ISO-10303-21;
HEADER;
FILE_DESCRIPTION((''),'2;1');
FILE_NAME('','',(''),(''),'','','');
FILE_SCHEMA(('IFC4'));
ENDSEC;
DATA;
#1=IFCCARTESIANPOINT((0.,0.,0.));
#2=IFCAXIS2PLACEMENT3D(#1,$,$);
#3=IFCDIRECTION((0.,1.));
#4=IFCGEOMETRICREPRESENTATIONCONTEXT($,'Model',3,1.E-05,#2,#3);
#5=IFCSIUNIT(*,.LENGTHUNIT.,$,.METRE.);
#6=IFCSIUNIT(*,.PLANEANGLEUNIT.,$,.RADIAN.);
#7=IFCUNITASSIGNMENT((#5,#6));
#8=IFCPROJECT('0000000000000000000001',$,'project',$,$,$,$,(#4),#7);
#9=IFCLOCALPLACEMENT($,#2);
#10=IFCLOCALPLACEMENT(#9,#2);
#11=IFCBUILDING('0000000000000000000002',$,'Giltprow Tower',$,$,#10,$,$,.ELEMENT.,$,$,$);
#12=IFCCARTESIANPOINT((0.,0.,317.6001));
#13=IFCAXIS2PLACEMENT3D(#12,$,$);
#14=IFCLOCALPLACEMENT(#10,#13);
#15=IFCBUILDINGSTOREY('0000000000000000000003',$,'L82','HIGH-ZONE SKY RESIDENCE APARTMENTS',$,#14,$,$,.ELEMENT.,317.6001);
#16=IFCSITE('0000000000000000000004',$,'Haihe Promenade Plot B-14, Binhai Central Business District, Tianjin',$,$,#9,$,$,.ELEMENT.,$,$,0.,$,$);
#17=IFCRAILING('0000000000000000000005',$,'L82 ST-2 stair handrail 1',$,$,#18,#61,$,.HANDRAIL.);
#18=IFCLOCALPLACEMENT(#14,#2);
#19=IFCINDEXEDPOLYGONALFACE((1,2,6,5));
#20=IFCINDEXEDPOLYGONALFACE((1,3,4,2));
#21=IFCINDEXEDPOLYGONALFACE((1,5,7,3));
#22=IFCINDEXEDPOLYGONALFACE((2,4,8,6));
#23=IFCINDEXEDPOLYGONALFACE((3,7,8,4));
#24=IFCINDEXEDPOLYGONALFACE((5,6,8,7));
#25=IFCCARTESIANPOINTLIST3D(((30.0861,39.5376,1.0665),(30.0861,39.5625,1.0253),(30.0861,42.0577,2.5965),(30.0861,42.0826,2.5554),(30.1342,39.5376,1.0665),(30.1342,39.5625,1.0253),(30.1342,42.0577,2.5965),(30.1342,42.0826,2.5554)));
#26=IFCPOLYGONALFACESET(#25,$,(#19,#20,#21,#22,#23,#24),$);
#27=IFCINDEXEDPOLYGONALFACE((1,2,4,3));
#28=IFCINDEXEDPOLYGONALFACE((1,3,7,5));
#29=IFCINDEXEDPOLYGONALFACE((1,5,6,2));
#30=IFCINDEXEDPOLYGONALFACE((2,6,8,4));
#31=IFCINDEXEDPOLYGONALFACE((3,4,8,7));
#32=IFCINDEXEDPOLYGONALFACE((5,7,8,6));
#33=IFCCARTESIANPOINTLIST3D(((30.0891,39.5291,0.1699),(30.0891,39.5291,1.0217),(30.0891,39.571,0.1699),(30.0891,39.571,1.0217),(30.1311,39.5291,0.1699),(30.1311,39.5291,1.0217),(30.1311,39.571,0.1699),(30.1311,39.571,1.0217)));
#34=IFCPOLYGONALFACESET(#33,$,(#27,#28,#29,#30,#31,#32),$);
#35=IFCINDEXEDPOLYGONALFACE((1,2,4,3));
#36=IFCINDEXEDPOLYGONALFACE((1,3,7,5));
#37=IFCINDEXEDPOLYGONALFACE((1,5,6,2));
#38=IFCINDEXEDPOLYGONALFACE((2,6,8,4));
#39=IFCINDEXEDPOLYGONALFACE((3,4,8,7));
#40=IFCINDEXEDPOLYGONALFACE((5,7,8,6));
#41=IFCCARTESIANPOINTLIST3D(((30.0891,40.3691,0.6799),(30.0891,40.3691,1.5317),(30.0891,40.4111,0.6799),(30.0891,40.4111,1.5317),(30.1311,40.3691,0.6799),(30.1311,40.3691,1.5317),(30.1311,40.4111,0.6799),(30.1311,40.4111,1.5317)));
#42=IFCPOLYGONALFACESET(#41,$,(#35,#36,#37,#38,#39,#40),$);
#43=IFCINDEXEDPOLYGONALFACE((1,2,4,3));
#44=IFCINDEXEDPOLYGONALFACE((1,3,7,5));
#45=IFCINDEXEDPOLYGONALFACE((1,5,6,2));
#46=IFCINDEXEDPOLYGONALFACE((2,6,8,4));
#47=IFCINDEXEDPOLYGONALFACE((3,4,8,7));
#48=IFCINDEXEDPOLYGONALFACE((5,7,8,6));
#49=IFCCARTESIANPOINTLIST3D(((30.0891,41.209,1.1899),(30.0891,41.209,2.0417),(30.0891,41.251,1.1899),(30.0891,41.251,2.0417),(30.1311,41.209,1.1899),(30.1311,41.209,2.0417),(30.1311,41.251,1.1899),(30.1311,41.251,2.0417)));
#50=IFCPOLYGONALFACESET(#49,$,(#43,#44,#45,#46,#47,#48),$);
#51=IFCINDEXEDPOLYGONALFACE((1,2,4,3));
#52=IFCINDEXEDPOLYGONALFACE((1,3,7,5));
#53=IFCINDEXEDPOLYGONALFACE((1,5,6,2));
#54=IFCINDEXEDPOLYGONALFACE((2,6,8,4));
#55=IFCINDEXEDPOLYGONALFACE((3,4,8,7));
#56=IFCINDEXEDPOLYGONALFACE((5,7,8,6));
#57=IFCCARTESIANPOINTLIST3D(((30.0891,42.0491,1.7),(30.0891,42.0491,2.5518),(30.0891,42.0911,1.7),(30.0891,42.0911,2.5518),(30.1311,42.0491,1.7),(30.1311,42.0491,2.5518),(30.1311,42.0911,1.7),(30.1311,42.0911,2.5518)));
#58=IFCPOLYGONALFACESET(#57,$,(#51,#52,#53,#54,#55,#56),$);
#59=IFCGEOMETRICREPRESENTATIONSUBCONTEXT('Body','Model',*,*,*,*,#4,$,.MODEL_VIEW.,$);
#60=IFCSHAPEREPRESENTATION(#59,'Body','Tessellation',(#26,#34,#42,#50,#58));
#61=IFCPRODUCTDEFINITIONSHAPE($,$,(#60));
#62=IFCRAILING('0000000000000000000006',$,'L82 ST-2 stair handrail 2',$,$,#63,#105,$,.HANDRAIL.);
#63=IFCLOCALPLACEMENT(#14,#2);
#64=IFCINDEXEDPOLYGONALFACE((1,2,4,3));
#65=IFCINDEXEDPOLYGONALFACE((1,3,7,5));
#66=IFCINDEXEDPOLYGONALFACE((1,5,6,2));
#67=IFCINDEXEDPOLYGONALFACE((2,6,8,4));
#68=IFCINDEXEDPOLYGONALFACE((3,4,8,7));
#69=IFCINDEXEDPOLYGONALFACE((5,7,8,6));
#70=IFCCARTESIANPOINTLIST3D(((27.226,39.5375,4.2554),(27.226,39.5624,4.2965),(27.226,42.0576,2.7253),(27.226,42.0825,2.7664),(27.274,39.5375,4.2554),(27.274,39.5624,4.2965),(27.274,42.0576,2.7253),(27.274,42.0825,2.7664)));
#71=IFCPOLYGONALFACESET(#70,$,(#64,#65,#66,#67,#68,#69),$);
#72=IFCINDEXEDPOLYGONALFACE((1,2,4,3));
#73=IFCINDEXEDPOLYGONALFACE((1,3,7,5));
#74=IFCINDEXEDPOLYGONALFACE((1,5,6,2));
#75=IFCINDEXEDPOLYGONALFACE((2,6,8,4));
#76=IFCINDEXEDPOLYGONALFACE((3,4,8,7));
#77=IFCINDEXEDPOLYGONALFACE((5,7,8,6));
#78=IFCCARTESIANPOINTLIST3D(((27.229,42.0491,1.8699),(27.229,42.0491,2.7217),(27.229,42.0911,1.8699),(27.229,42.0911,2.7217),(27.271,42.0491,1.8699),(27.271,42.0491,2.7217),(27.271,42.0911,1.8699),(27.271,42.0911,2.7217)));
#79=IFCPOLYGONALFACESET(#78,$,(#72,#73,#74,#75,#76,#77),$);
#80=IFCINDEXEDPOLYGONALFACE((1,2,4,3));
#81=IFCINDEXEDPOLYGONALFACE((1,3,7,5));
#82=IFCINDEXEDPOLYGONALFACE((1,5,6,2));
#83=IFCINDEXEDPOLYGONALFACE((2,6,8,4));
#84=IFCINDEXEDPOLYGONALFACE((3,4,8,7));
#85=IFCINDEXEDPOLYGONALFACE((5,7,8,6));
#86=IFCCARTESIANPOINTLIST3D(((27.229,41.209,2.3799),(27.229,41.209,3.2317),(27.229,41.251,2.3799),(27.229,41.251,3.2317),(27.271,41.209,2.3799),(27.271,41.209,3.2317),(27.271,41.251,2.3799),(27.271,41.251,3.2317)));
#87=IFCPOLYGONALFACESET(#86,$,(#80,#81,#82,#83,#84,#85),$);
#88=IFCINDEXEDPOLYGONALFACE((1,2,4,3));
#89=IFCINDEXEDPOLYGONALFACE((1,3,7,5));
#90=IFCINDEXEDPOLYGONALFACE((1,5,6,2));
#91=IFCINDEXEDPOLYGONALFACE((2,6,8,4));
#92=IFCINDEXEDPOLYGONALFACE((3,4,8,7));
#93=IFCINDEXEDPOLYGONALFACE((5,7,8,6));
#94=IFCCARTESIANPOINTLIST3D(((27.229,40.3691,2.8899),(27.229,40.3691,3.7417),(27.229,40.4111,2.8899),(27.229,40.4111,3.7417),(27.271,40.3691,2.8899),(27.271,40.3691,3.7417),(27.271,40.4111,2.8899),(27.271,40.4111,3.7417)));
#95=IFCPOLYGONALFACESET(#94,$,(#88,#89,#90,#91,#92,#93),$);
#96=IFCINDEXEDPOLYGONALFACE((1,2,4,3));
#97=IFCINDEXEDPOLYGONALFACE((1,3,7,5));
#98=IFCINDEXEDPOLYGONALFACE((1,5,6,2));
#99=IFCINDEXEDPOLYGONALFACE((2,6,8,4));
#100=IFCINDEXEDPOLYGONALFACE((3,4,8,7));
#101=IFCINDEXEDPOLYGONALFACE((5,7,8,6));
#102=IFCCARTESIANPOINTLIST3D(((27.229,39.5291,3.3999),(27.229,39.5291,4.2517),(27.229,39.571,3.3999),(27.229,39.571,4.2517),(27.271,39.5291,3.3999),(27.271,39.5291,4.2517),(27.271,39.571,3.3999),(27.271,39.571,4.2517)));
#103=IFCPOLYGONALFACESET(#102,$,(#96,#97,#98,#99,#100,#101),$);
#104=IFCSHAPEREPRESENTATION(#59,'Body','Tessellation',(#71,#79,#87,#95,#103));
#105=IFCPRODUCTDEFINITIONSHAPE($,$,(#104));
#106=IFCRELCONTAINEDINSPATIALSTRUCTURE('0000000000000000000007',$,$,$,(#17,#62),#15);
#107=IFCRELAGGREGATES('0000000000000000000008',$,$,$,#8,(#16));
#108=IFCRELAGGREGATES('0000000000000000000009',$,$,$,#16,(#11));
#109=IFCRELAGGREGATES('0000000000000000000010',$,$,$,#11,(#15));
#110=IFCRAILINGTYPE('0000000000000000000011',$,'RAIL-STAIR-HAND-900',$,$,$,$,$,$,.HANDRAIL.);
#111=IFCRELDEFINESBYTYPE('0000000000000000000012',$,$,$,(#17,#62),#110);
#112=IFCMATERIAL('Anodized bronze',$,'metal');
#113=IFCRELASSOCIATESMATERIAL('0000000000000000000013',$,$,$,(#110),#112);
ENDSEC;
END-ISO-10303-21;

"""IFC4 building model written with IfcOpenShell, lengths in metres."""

from ifc_helpers import new_model, si_unit, direction, frame, origin, origin_2d, place, context, subcontext, project, spatial, rectangle, extrude, material, type_object, element, save


model = new_model("IFC4")

# Units and contexts
model_context = context("Model", 3, precision=1e-05, world=origin(), true_north=direction((0.0, 1.0)))
body_context = subcontext(model_context, "Body", "Model", "MODEL_VIEW")
ifc_project = project(units=[si_unit("LENGTHUNIT", "METRE"), si_unit("PLANEANGLEUNIT", "RADIAN")], contexts=[model_context])

# Site, building, storey
site_placement = place(None, origin())
site = spatial("IfcSite", under=ifc_project, at=site_placement, Name="Haihe Promenade Plot B-14, Binhai Central Business District, Tianjin", CompositionType="ELEMENT", RefElevation=0.0)
building_placement = place(site_placement, origin())
building = spatial("IfcBuilding", under=site, at=building_placement, Name="Giltprow Tower", CompositionType="ELEMENT")
storey_placement = place(building_placement, frame((0.0, 0.0, 317.6001)))
storey = spatial("IfcBuildingStorey", under=building, at=storey_placement, Name="L82", Description="HIGH-ZONE SKY RESIDENCE APARTMENTS", CompositionType="ELEMENT", Elevation=317.6001)

# Railings
ifc_material_1 = material(Name="Anodized bronze", Category="metal")
railing_type_1 = type_object("IfcRailingType", Name="RAIL-STAIR-HAND-900", PredefinedType="HANDRAIL", material=ifc_material_1)
railing_1_placement = place(storey_placement, frame((30.1101, 39.55, 0.1699)))
element("IfcRailing", 1, at=railing_1_placement, inside=storey, type_object=railing_type_1, Name="L82 ST-2 stair handrail 1", PredefinedType="HANDRAIL", context=body_context, shape_type="SweptSolid", body=[
    extrude(rectangle(XDim=0.0481, YDim=0.0481, at=origin_2d()), frame((0.0, 0.0, 0.876), z_axis=(0.0, 0.854785, 0.518982), x_axis=(-1.0, 0.0, 0.0)), (0.0, 0.0, 1.0), 2.9482),
    extrude(rectangle(XDim=0.042, YDim=0.042, at=origin_2d()), origin(), (0.0, 0.0, 1.0), 0.8518),
    extrude(rectangle(XDim=0.042, YDim=0.042, at=origin_2d()), frame((0.0, 0.8401, 0.51)), (0.0, 0.0, 1.0), 0.8518),
    extrude(rectangle(XDim=0.042, YDim=0.042, at=origin_2d()), frame((0.0, 1.6799, 1.02)), (0.0, 0.0, 1.0), 0.8518),
    extrude(rectangle(XDim=0.042, YDim=0.042, at=origin_2d()), frame((0.0, 2.52, 1.53)), (0.0, 0.0, 1.0), 0.8518),
])
railing_2_placement = place(storey_placement, frame((27.25, 42.0701, 1.8699)))
element("IfcRailing", 2, at=railing_2_placement, inside=storey, type_object=railing_type_1, Name="L82 ST-2 stair handrail 2", PredefinedType="HANDRAIL", context=body_context, shape_type="SweptSolid", body=[
    extrude(rectangle(XDim=0.0481, YDim=0.0481, at=origin_2d()), frame((0.0, 0.0, 0.876), z_axis=(0.0, -0.854785, 0.518982), x_axis=(1.0, 0.0, 0.0)), (0.0, 0.0, 1.0), 2.9482),
    extrude(rectangle(XDim=0.042, YDim=0.042, at=origin_2d()), origin(), (0.0, 0.0, 1.0), 0.8518),
    extrude(rectangle(XDim=0.042, YDim=0.042, at=origin_2d()), frame((0.0, -0.8401, 0.51)), (0.0, 0.0, 1.0), 0.8518),
    extrude(rectangle(XDim=0.042, YDim=0.042, at=origin_2d()), frame((0.0, -1.6799, 1.02)), (0.0, 0.0, 1.0), 0.8518),
    extrude(rectangle(XDim=0.042, YDim=0.042, at=origin_2d()), frame((0.0, -2.52, 1.53)), (0.0, 0.0, 1.0), 0.8518),
])

save(model, "model.ifc")
